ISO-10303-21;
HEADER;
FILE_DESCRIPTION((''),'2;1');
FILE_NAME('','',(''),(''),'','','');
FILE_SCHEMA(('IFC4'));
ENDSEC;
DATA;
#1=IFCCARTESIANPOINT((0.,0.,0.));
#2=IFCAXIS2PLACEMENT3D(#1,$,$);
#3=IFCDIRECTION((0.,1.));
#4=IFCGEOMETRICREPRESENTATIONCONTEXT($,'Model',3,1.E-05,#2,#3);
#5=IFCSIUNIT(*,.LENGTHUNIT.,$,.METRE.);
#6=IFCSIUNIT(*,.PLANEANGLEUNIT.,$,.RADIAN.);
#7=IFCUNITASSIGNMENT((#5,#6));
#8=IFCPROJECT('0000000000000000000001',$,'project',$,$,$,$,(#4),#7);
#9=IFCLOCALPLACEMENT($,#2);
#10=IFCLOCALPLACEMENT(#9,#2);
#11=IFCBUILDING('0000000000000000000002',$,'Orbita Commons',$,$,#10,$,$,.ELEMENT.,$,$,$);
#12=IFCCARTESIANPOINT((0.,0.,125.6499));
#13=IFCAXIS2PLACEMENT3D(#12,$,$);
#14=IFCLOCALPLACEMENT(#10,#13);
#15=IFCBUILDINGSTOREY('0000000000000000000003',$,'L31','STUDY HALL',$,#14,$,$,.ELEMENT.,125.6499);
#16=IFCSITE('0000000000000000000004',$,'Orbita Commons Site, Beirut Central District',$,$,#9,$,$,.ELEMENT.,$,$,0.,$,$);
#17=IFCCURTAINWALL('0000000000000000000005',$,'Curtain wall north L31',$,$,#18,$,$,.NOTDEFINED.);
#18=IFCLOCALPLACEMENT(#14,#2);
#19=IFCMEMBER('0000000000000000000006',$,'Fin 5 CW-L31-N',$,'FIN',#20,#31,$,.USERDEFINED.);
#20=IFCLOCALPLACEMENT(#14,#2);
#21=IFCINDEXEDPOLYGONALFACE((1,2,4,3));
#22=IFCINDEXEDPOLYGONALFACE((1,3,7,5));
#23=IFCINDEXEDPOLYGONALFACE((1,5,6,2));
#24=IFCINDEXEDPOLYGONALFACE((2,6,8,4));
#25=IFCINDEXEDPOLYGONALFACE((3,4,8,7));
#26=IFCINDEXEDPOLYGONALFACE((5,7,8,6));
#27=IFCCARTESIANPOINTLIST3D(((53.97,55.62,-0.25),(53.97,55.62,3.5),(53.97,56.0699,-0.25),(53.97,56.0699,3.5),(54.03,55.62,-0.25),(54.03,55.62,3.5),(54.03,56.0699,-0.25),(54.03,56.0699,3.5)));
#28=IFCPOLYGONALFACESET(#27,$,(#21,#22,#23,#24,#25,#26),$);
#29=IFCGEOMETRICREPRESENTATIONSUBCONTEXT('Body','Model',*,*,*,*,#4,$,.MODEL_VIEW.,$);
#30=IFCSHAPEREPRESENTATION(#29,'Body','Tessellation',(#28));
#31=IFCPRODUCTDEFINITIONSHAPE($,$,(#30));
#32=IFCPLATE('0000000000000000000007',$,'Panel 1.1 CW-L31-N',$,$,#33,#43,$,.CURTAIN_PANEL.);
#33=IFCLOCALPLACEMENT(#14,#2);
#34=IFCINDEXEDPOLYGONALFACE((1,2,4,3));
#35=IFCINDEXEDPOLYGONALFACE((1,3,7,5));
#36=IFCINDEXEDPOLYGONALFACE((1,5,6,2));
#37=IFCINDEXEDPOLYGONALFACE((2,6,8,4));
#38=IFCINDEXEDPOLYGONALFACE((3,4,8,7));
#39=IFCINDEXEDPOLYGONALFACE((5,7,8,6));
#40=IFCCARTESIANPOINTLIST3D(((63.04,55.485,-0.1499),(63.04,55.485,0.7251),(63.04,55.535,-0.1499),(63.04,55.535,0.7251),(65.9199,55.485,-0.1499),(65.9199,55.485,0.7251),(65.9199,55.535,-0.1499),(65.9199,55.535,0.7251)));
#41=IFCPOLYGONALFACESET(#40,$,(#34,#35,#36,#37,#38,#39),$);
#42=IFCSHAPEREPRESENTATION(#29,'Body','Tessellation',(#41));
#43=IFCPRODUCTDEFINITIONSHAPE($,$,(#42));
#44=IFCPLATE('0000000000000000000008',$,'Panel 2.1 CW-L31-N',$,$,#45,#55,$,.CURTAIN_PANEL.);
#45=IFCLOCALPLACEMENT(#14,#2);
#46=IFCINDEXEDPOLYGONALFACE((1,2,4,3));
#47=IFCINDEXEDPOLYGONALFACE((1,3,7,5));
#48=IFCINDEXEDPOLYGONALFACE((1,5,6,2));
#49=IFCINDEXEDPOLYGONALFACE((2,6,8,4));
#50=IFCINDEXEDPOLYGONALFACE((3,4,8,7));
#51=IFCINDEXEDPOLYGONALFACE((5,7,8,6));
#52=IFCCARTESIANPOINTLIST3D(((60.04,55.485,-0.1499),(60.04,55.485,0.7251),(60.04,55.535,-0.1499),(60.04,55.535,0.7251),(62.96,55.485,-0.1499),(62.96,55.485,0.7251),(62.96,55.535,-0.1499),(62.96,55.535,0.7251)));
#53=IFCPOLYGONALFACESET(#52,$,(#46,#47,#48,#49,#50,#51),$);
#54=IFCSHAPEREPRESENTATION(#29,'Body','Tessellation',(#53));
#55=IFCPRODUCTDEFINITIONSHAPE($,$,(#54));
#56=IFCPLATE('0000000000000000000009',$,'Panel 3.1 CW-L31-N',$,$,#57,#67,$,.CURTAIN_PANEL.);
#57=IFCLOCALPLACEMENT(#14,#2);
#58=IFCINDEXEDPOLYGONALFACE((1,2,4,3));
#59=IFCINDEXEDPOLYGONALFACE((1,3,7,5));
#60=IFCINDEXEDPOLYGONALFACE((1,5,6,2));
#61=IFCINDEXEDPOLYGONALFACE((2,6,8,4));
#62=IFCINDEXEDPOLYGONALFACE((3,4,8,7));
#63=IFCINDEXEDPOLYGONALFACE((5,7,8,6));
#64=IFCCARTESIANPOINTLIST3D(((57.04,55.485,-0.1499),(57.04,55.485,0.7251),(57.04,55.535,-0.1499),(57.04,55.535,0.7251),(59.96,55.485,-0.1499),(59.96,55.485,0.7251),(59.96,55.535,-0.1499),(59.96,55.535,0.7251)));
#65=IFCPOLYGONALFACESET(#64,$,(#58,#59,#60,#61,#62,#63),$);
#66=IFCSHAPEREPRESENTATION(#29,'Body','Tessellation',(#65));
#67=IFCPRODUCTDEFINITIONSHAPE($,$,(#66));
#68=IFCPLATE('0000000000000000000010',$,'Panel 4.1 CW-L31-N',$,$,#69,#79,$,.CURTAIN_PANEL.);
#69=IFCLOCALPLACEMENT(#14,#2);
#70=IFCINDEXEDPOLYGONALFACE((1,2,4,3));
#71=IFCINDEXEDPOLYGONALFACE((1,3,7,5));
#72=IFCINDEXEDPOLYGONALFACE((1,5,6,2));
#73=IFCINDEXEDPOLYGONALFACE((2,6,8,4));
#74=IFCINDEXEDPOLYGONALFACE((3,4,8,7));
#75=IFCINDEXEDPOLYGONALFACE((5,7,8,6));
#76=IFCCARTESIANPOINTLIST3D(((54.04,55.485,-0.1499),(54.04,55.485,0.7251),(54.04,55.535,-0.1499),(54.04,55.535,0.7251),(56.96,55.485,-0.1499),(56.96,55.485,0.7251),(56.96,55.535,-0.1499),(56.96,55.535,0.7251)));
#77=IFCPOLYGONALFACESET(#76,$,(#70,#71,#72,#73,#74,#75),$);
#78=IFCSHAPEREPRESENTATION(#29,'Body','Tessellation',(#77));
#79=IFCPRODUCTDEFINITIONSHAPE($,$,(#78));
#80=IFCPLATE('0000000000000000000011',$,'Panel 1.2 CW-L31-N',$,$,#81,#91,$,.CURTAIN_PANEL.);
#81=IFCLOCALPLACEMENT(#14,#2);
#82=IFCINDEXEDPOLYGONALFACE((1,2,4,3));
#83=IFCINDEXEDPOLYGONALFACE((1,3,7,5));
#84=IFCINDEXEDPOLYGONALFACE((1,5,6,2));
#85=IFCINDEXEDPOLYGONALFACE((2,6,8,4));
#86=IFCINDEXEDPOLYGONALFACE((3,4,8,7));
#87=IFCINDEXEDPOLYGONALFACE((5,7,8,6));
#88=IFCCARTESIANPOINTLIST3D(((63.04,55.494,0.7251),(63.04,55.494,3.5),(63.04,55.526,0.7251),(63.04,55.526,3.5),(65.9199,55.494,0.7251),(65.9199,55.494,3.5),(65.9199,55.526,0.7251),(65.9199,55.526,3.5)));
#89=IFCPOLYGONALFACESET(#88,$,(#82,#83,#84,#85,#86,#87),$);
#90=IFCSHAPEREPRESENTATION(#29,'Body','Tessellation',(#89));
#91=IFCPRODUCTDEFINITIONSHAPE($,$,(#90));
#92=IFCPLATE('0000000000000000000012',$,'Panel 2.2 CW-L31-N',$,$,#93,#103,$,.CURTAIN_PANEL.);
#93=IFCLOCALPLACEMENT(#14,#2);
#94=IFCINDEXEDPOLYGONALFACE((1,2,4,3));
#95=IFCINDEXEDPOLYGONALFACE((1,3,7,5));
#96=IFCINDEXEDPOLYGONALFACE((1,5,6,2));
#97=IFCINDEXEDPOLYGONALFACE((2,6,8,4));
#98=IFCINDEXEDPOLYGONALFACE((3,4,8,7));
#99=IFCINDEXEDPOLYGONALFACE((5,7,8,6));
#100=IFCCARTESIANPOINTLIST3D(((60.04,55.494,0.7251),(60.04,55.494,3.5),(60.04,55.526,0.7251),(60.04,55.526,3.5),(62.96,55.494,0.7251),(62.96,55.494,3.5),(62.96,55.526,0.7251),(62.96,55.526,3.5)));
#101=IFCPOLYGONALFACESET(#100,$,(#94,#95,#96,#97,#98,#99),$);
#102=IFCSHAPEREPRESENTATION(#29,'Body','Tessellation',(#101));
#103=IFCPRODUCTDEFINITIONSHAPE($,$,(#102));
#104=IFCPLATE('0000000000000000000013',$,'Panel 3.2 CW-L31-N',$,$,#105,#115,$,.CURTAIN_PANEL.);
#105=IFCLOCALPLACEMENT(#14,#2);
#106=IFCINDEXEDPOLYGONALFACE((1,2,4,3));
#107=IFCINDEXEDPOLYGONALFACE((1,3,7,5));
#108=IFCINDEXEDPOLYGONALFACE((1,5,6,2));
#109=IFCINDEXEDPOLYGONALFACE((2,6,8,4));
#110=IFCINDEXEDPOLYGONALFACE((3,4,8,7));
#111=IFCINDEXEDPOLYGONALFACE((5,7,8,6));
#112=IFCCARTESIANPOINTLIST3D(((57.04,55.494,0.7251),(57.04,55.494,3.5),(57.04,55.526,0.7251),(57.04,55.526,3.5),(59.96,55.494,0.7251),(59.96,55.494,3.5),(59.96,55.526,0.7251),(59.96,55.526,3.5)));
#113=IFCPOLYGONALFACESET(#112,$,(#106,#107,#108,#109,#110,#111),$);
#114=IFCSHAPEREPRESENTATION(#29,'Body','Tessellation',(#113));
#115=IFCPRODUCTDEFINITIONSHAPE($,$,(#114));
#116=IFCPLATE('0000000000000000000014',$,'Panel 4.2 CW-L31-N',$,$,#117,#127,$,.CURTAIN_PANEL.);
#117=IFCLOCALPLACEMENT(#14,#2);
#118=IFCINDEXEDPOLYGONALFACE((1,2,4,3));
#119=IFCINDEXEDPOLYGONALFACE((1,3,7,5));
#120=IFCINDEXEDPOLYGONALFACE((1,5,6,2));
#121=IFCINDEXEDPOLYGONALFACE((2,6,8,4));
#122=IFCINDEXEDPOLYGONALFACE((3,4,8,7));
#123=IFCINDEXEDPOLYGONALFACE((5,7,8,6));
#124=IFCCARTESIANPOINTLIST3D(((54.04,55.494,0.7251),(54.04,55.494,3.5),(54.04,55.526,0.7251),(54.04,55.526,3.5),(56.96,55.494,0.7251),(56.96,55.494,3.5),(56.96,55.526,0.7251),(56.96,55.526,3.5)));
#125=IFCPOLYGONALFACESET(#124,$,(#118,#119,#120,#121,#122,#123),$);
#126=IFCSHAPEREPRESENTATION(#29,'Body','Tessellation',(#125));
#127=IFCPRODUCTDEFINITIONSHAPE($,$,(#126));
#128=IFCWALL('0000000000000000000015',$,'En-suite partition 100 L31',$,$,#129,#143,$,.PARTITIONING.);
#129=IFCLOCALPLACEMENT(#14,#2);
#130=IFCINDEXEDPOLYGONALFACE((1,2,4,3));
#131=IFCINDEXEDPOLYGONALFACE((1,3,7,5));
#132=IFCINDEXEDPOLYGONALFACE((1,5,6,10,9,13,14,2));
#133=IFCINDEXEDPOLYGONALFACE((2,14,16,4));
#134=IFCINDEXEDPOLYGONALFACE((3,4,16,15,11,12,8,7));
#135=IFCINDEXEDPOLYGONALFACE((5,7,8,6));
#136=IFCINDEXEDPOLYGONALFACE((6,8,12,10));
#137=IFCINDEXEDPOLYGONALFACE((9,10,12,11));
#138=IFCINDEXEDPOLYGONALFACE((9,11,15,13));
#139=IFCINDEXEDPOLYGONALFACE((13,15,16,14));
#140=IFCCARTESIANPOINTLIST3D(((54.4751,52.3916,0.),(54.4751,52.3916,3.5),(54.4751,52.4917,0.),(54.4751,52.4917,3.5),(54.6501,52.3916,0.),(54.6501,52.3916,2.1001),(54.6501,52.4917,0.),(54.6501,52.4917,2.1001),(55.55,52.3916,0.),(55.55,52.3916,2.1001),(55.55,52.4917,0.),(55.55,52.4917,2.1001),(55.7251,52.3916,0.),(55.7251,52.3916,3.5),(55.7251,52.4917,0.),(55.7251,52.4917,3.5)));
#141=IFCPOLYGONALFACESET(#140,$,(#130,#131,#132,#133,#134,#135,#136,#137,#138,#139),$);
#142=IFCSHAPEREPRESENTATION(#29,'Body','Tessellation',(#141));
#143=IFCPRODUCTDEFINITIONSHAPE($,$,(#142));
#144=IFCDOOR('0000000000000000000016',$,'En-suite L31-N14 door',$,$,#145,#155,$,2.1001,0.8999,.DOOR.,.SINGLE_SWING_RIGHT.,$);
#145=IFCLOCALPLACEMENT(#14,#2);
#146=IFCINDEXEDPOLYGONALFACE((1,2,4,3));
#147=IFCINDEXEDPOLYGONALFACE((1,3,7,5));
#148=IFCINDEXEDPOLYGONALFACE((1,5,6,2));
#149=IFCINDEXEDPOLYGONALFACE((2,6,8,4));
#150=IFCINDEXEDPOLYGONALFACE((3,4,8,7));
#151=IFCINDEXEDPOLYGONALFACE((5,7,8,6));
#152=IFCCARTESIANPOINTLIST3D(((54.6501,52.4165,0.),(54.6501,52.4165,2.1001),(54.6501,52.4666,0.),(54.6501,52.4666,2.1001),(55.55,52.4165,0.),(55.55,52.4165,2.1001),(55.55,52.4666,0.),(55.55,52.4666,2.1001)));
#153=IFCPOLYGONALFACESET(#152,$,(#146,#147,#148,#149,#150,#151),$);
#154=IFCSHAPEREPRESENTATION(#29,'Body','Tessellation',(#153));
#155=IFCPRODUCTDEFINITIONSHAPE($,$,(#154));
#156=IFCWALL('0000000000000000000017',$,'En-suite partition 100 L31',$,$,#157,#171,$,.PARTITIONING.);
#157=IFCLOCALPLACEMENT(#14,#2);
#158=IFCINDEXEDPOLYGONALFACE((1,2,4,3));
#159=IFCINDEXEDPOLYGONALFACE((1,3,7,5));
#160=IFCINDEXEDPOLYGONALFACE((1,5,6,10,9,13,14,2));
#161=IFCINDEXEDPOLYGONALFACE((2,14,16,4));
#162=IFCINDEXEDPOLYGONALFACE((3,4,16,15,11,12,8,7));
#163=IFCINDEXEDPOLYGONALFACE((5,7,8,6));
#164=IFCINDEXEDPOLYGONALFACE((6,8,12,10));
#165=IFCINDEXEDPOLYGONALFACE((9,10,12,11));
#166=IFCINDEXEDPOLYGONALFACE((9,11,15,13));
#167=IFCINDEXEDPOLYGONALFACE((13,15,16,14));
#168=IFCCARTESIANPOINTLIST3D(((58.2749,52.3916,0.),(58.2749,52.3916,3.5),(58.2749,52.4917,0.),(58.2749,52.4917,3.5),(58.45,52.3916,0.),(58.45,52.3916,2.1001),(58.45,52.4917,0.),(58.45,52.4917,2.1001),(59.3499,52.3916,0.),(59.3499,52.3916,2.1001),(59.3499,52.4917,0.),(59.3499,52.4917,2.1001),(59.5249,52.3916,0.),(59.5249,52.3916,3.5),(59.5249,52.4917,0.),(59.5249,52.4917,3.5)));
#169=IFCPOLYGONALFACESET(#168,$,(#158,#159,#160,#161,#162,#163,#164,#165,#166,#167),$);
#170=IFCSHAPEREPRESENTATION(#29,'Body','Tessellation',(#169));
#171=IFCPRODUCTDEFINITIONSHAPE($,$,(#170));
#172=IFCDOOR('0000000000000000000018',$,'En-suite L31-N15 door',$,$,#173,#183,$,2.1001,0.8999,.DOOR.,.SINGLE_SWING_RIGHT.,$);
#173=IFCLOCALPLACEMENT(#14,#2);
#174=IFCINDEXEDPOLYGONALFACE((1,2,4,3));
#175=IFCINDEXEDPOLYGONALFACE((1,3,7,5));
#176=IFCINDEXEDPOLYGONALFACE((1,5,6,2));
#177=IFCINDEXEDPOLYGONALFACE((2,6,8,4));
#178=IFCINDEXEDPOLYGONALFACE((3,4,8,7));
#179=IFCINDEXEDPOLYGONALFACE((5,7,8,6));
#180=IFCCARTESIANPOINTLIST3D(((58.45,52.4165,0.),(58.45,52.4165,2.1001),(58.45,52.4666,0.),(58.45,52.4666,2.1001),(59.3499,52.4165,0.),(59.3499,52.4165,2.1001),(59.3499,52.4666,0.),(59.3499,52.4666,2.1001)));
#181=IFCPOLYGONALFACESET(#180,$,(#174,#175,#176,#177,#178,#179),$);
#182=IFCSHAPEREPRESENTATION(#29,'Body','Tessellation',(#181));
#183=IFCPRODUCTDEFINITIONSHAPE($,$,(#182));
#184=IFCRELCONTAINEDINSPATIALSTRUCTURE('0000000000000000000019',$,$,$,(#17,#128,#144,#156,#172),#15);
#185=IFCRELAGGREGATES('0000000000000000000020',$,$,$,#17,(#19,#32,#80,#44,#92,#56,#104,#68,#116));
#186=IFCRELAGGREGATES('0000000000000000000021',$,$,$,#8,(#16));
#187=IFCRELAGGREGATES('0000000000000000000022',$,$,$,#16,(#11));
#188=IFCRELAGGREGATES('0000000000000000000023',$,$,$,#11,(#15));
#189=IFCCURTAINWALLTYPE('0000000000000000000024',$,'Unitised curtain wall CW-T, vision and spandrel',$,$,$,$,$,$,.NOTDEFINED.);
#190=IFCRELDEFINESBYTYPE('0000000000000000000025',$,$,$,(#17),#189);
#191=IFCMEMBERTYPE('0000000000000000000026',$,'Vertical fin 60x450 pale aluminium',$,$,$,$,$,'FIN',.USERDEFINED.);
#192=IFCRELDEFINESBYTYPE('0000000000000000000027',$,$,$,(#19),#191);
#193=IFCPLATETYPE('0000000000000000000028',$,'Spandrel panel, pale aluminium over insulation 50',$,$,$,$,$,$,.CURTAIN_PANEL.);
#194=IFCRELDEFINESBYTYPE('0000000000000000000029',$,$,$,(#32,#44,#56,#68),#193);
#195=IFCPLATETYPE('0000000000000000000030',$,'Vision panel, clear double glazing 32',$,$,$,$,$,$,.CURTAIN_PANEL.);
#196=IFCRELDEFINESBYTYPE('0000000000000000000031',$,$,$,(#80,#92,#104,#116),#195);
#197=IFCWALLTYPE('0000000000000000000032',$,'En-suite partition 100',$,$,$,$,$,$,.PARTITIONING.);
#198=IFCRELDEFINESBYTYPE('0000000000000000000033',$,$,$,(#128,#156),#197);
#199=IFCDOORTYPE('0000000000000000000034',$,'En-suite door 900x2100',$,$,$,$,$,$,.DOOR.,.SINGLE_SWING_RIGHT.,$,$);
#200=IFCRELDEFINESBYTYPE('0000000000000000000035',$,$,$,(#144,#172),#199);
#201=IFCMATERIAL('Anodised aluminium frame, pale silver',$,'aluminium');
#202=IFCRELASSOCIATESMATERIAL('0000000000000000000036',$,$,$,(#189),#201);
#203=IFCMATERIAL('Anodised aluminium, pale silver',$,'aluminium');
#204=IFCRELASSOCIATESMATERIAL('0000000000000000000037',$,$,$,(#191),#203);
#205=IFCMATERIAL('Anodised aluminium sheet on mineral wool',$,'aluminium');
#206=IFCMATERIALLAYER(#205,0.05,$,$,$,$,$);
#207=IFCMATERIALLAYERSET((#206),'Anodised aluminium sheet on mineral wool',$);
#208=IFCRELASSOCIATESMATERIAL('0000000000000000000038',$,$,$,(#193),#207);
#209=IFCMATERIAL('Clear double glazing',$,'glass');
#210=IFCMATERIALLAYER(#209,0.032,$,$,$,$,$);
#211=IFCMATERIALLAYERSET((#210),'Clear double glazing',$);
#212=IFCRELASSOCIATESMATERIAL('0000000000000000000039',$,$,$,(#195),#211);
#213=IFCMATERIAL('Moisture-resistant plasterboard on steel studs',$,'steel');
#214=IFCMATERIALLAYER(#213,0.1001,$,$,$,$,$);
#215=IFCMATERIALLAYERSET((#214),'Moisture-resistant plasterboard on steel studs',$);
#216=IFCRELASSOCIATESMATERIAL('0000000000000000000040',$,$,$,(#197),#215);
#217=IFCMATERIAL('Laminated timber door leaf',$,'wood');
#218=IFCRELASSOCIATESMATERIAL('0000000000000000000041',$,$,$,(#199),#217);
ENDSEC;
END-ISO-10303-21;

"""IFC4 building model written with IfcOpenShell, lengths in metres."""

from ifc_helpers import new_model, si_unit, direction, frame, frame_2d, origin, origin_2d, place, context, subcontext, project, spatial, rectangle, extrude, material, layer, layer_set, material_profile, profile_set, type_object, element, fill, aggregate, save


model = new_model("IFC4")

# Units and contexts
model_context = context("Model", 3, precision=1e-05, world=origin(), true_north=direction((0.0, 1.0)))
body_context = subcontext(model_context, "Body", "Model", "MODEL_VIEW")
ifc_project = project(units=[si_unit("LENGTHUNIT", "METRE"), si_unit("PLANEANGLEUNIT", "RADIAN")], contexts=[model_context])

# Site, building, storey
site_placement = place(None, origin())
site = spatial("IfcSite", under=ifc_project, at=site_placement, Name="Orbita Commons Site, Beirut Central District", CompositionType="ELEMENT", RefElevation=0.0)
building_placement = place(site_placement, origin())
building = spatial("IfcBuilding", under=site, at=building_placement, Name="Orbita Commons", CompositionType="ELEMENT")
storey_placement = place(building_placement, frame((0.0, 0.0, 125.6499)))
storey = spatial("IfcBuildingStorey", under=building, at=storey_placement, Name="L31", Description="STUDY HALL", CompositionType="ELEMENT", Elevation=125.6499)

# Curtain wall
ifc_material_1 = material(Name="Anodised aluminium frame, pale silver", Category="aluminium")
curtain_wall_type = type_object("IfcCurtainWallType", Name="Unitised curtain wall CW-T, vision and spandrel", PredefinedType="NOTDEFINED", material=ifc_material_1)
curtain_wall_placement = place(storey_placement, origin())
curtain_wall = element("IfcCurtainWall", 1, at=curtain_wall_placement, inside=storey, type_object=curtain_wall_type, Name="Curtain wall north L31", PredefinedType="NOTDEFINED")

# Member
ifc_material_2 = material(Name="Anodised aluminium, pale silver", Category="aluminium")
ifc_material_profile_1 = material_profile(ifc_material_2, rectangle(XDim=0.0601, YDim=0.45, at=origin_2d()), Name="FIN 60x450")
ifc_profile_set_1 = profile_set([ifc_material_profile_1], Name="Anodised aluminium, pale silver")
member_type_1 = type_object("IfcMemberType", Name="Vertical fin 60x450 pale aluminium", ElementType="FIN", PredefinedType="USERDEFINED", material=ifc_profile_set_1)
member_1_placement = place(storey_placement, frame((54.0, 55.845, -0.25), z_axis=(0.0, 0.0, 1.0), x_axis=(-1.0, 0.0, 0.0)))
member_1 = element("IfcMember", 2, at=member_1_placement, type_object=member_type_1, Name="Fin 5 CW-L31-N", ObjectType="FIN", PredefinedType="USERDEFINED", context=body_context, shape_type="SweptSolid", body=[
    extrude(rectangle(XDim=0.0601, YDim=0.45, at=origin_2d()), origin(), (0.0, 0.0, 1.0), 3.75),
])

# Plates
ifc_material_3 = material(Name="Anodised aluminium sheet on mineral wool", Category="aluminium")
ifc_layer_1 = layer(ifc_material_3, 0.05)
ifc_layer_set_1 = layer_set([ifc_layer_1], Name="Anodised aluminium sheet on mineral wool")
plate_type_1 = type_object("IfcPlateType", Name="Spandrel panel, pale aluminium over insulation 50", PredefinedType="CURTAIN_PANEL", material=ifc_layer_set_1)
plate_1_placement = place(storey_placement, frame((64.48, 55.51, -0.1499), z_axis=(0.0, 0.0, 1.0), x_axis=(-1.0, 0.0, 0.0)))
plate_1 = element("IfcPlate", 3, at=plate_1_placement, type_object=plate_type_1, Name="Panel 1.1 CW-L31-N", PredefinedType="CURTAIN_PANEL", context=body_context, shape_type="SweptSolid", body=[
    extrude(rectangle(XDim=2.8799, YDim=0.05, at=origin_2d()), origin(), (0.0, 0.0, 1.0), 0.875),
])
plate_2_placement = place(storey_placement, frame((61.5, 55.51, -0.1499), z_axis=(0.0, 0.0, 1.0), x_axis=(-1.0, 0.0, 0.0)))
plate_2 = element("IfcPlate", 4, at=plate_2_placement, type_object=plate_type_1, Name="Panel 2.1 CW-L31-N", PredefinedType="CURTAIN_PANEL", context=body_context, shape_type="SweptSolid", body=[
    extrude(rectangle(XDim=2.9199, YDim=0.05, at=origin_2d()), origin(), (0.0, 0.0, 1.0), 0.875),
])
plate_3_placement = place(storey_placement, frame((58.5, 55.51, -0.1499), z_axis=(0.0, 0.0, 1.0), x_axis=(-1.0, 0.0, 0.0)))
plate_3 = element("IfcPlate", 5, at=plate_3_placement, type_object=plate_type_1, Name="Panel 3.1 CW-L31-N", PredefinedType="CURTAIN_PANEL", context=body_context, shape_type="SweptSolid", body=[
    extrude(rectangle(XDim=2.9199, YDim=0.05, at=origin_2d()), origin(), (0.0, 0.0, 1.0), 0.875),
])
plate_4_placement = place(storey_placement, frame((55.5, 55.51, -0.1499), z_axis=(0.0, 0.0, 1.0), x_axis=(-1.0, 0.0, 0.0)))
plate_4 = element("IfcPlate", 6, at=plate_4_placement, type_object=plate_type_1, Name="Panel 4.1 CW-L31-N", PredefinedType="CURTAIN_PANEL", context=body_context, shape_type="SweptSolid", body=[
    extrude(rectangle(XDim=2.9199, YDim=0.05, at=origin_2d()), origin(), (0.0, 0.0, 1.0), 0.875),
])
ifc_material_4 = material(Name="Clear double glazing", Category="glass")
ifc_layer_2 = layer(ifc_material_4, 0.032)
ifc_layer_set_2 = layer_set([ifc_layer_2], Name="Clear double glazing")
plate_type_2 = type_object("IfcPlateType", Name="Vision panel, clear double glazing 32", PredefinedType="CURTAIN_PANEL", material=ifc_layer_set_2)
plate_5_placement = place(storey_placement, frame((64.48, 55.51, 0.7251), z_axis=(0.0, 0.0, 1.0), x_axis=(-1.0, 0.0, 0.0)))
plate_5 = element("IfcPlate", 7, at=plate_5_placement, type_object=plate_type_2, Name="Panel 1.2 CW-L31-N", PredefinedType="CURTAIN_PANEL", context=body_context, shape_type="SweptSolid", body=[
    extrude(rectangle(XDim=2.8799, YDim=0.032, at=origin_2d()), origin(), (0.0, 0.0, 1.0), 2.7749),
])
plate_6_placement = place(storey_placement, frame((61.5, 55.51, 0.7251), z_axis=(0.0, 0.0, 1.0), x_axis=(-1.0, 0.0, 0.0)))
plate_6 = element("IfcPlate", 8, at=plate_6_placement, type_object=plate_type_2, Name="Panel 2.2 CW-L31-N", PredefinedType="CURTAIN_PANEL", context=body_context, shape_type="SweptSolid", body=[
    extrude(rectangle(XDim=2.9199, YDim=0.032, at=origin_2d()), origin(), (0.0, 0.0, 1.0), 2.7749),
])
plate_7_placement = place(storey_placement, frame((58.5, 55.51, 0.7251), z_axis=(0.0, 0.0, 1.0), x_axis=(-1.0, 0.0, 0.0)))
plate_7 = element("IfcPlate", 9, at=plate_7_placement, type_object=plate_type_2, Name="Panel 3.2 CW-L31-N", PredefinedType="CURTAIN_PANEL", context=body_context, shape_type="SweptSolid", body=[
    extrude(rectangle(XDim=2.9199, YDim=0.032, at=origin_2d()), origin(), (0.0, 0.0, 1.0), 2.7749),
])
plate_8_placement = place(storey_placement, frame((55.5, 55.51, 0.7251), z_axis=(0.0, 0.0, 1.0), x_axis=(-1.0, 0.0, 0.0)))
plate_8 = element("IfcPlate", 10, at=plate_8_placement, type_object=plate_type_2, Name="Panel 4.2 CW-L31-N", PredefinedType="CURTAIN_PANEL", context=body_context, shape_type="SweptSolid", body=[
    extrude(rectangle(XDim=2.9199, YDim=0.032, at=origin_2d()), origin(), (0.0, 0.0, 1.0), 2.7749),
])
aggregate(curtain_wall, [member_1, plate_1, plate_5, plate_2, plate_6, plate_3, plate_7, plate_4, plate_8])

# Walls, openings, doors
ifc_material_5 = material(Name="Moisture-resistant plasterboard on steel studs", Category="steel")
ifc_layer_3 = layer(ifc_material_5, 0.1001)
ifc_layer_set_3 = layer_set([ifc_layer_3], Name="Moisture-resistant plasterboard on steel studs")
wall_type_1 = type_object("IfcWallType", Name="En-suite partition 100", PredefinedType="PARTITIONING", material=ifc_layer_set_3)
wall_1_placement = place(storey_placement, frame((54.4751, 52.4417, 0.0), z_axis=(0.0, 0.0, 1.0), x_axis=(1.0, 0.0, 0.0)))
wall_1 = element("IfcWall", 11, at=wall_1_placement, inside=storey, type_object=wall_type_1, Name="En-suite partition 100 L31", PredefinedType="PARTITIONING", context=body_context, shape_type="SweptSolid", body=[
    extrude(rectangle(XDim=1.25, YDim=0.1001, at=frame_2d((0.625, 0.0))), origin(), (0.0, 0.0, 1.0), 3.5),
])
opening_1_placement = place(wall_1_placement, frame((0.175, 0.0, 0.0)))
opening_1 = element("IfcOpeningElement", 12, at=opening_1_placement, cuts=wall_1, PredefinedType="OPENING", context=body_context, shape_type="SweptSolid", body=[
    extrude(rectangle(XDim=0.8999, YDim=2.1001, at=frame_2d((0.45, 1.05))), frame((0.0, 0.0601, 0.0), z_axis=(0.0, -1.0, 0.0), x_axis=(1.0, 0.0, 0.0)), (0.0, 0.0, 1.0), 0.1201),
])
ifc_material_6 = material(Name="Laminated timber door leaf", Category="wood")
door_type = type_object("IfcDoorType", Name="En-suite door 900x2100", OperationType="SINGLE_SWING_RIGHT", PredefinedType="DOOR", material=ifc_material_6)
door_1_placement = place(opening_1_placement, origin())
door_1 = element("IfcDoor", 13, at=door_1_placement, inside=storey, type_object=door_type, Name="En-suite L31-N14 door", OperationType="SINGLE_SWING_RIGHT", OverallHeight=2.1001, OverallWidth=0.8999, PredefinedType="DOOR", context=body_context, shape_type="SweptSolid", body=[
    extrude(rectangle(XDim=0.8999, YDim=2.1001, at=frame_2d((0.45, 1.05))), frame((0.0, 0.0249, 0.0), z_axis=(0.0, -1.0, 0.0), x_axis=(1.0, 0.0, 0.0)), (0.0, 0.0, 1.0), 0.05),
])
fill(opening_1, door_1)
wall_2_placement = place(storey_placement, frame((58.2749, 52.4417, 0.0), z_axis=(0.0, 0.0, 1.0), x_axis=(1.0, 0.0, 0.0)))
wall_2 = element("IfcWall", 14, at=wall_2_placement, inside=storey, type_object=wall_type_1, Name="En-suite partition 100 L31", PredefinedType="PARTITIONING", context=body_context, shape_type="SweptSolid", body=[
    extrude(rectangle(XDim=1.25, YDim=0.1001, at=frame_2d((0.625, 0.0))), origin(), (0.0, 0.0, 1.0), 3.5),
])
opening_2_placement = place(wall_2_placement, frame((0.175, 0.0, 0.0)))
opening_2 = element("IfcOpeningElement", 15, at=opening_2_placement, cuts=wall_2, PredefinedType="OPENING", context=body_context, shape_type="SweptSolid", body=[
    extrude(rectangle(XDim=0.8999, YDim=2.1001, at=frame_2d((0.45, 1.05))), frame((0.0, 0.0601, 0.0), z_axis=(0.0, -1.0, 0.0), x_axis=(1.0, 0.0, 0.0)), (0.0, 0.0, 1.0), 0.1201),
])
door_2_placement = place(opening_2_placement, origin())
door_2 = element("IfcDoor", 16, at=door_2_placement, inside=storey, type_object=door_type, Name="En-suite L31-N15 door", OperationType="SINGLE_SWING_RIGHT", OverallHeight=2.1001, OverallWidth=0.8999, PredefinedType="DOOR", context=body_context, shape_type="SweptSolid", body=[
    extrude(rectangle(XDim=0.8999, YDim=2.1001, at=frame_2d((0.45, 1.05))), frame((0.0, 0.0249, 0.0), z_axis=(0.0, -1.0, 0.0), x_axis=(1.0, 0.0, 0.0)), (0.0, 0.0, 1.0), 0.05),
])
fill(opening_2, door_2)

save(model, "model.ifc")
